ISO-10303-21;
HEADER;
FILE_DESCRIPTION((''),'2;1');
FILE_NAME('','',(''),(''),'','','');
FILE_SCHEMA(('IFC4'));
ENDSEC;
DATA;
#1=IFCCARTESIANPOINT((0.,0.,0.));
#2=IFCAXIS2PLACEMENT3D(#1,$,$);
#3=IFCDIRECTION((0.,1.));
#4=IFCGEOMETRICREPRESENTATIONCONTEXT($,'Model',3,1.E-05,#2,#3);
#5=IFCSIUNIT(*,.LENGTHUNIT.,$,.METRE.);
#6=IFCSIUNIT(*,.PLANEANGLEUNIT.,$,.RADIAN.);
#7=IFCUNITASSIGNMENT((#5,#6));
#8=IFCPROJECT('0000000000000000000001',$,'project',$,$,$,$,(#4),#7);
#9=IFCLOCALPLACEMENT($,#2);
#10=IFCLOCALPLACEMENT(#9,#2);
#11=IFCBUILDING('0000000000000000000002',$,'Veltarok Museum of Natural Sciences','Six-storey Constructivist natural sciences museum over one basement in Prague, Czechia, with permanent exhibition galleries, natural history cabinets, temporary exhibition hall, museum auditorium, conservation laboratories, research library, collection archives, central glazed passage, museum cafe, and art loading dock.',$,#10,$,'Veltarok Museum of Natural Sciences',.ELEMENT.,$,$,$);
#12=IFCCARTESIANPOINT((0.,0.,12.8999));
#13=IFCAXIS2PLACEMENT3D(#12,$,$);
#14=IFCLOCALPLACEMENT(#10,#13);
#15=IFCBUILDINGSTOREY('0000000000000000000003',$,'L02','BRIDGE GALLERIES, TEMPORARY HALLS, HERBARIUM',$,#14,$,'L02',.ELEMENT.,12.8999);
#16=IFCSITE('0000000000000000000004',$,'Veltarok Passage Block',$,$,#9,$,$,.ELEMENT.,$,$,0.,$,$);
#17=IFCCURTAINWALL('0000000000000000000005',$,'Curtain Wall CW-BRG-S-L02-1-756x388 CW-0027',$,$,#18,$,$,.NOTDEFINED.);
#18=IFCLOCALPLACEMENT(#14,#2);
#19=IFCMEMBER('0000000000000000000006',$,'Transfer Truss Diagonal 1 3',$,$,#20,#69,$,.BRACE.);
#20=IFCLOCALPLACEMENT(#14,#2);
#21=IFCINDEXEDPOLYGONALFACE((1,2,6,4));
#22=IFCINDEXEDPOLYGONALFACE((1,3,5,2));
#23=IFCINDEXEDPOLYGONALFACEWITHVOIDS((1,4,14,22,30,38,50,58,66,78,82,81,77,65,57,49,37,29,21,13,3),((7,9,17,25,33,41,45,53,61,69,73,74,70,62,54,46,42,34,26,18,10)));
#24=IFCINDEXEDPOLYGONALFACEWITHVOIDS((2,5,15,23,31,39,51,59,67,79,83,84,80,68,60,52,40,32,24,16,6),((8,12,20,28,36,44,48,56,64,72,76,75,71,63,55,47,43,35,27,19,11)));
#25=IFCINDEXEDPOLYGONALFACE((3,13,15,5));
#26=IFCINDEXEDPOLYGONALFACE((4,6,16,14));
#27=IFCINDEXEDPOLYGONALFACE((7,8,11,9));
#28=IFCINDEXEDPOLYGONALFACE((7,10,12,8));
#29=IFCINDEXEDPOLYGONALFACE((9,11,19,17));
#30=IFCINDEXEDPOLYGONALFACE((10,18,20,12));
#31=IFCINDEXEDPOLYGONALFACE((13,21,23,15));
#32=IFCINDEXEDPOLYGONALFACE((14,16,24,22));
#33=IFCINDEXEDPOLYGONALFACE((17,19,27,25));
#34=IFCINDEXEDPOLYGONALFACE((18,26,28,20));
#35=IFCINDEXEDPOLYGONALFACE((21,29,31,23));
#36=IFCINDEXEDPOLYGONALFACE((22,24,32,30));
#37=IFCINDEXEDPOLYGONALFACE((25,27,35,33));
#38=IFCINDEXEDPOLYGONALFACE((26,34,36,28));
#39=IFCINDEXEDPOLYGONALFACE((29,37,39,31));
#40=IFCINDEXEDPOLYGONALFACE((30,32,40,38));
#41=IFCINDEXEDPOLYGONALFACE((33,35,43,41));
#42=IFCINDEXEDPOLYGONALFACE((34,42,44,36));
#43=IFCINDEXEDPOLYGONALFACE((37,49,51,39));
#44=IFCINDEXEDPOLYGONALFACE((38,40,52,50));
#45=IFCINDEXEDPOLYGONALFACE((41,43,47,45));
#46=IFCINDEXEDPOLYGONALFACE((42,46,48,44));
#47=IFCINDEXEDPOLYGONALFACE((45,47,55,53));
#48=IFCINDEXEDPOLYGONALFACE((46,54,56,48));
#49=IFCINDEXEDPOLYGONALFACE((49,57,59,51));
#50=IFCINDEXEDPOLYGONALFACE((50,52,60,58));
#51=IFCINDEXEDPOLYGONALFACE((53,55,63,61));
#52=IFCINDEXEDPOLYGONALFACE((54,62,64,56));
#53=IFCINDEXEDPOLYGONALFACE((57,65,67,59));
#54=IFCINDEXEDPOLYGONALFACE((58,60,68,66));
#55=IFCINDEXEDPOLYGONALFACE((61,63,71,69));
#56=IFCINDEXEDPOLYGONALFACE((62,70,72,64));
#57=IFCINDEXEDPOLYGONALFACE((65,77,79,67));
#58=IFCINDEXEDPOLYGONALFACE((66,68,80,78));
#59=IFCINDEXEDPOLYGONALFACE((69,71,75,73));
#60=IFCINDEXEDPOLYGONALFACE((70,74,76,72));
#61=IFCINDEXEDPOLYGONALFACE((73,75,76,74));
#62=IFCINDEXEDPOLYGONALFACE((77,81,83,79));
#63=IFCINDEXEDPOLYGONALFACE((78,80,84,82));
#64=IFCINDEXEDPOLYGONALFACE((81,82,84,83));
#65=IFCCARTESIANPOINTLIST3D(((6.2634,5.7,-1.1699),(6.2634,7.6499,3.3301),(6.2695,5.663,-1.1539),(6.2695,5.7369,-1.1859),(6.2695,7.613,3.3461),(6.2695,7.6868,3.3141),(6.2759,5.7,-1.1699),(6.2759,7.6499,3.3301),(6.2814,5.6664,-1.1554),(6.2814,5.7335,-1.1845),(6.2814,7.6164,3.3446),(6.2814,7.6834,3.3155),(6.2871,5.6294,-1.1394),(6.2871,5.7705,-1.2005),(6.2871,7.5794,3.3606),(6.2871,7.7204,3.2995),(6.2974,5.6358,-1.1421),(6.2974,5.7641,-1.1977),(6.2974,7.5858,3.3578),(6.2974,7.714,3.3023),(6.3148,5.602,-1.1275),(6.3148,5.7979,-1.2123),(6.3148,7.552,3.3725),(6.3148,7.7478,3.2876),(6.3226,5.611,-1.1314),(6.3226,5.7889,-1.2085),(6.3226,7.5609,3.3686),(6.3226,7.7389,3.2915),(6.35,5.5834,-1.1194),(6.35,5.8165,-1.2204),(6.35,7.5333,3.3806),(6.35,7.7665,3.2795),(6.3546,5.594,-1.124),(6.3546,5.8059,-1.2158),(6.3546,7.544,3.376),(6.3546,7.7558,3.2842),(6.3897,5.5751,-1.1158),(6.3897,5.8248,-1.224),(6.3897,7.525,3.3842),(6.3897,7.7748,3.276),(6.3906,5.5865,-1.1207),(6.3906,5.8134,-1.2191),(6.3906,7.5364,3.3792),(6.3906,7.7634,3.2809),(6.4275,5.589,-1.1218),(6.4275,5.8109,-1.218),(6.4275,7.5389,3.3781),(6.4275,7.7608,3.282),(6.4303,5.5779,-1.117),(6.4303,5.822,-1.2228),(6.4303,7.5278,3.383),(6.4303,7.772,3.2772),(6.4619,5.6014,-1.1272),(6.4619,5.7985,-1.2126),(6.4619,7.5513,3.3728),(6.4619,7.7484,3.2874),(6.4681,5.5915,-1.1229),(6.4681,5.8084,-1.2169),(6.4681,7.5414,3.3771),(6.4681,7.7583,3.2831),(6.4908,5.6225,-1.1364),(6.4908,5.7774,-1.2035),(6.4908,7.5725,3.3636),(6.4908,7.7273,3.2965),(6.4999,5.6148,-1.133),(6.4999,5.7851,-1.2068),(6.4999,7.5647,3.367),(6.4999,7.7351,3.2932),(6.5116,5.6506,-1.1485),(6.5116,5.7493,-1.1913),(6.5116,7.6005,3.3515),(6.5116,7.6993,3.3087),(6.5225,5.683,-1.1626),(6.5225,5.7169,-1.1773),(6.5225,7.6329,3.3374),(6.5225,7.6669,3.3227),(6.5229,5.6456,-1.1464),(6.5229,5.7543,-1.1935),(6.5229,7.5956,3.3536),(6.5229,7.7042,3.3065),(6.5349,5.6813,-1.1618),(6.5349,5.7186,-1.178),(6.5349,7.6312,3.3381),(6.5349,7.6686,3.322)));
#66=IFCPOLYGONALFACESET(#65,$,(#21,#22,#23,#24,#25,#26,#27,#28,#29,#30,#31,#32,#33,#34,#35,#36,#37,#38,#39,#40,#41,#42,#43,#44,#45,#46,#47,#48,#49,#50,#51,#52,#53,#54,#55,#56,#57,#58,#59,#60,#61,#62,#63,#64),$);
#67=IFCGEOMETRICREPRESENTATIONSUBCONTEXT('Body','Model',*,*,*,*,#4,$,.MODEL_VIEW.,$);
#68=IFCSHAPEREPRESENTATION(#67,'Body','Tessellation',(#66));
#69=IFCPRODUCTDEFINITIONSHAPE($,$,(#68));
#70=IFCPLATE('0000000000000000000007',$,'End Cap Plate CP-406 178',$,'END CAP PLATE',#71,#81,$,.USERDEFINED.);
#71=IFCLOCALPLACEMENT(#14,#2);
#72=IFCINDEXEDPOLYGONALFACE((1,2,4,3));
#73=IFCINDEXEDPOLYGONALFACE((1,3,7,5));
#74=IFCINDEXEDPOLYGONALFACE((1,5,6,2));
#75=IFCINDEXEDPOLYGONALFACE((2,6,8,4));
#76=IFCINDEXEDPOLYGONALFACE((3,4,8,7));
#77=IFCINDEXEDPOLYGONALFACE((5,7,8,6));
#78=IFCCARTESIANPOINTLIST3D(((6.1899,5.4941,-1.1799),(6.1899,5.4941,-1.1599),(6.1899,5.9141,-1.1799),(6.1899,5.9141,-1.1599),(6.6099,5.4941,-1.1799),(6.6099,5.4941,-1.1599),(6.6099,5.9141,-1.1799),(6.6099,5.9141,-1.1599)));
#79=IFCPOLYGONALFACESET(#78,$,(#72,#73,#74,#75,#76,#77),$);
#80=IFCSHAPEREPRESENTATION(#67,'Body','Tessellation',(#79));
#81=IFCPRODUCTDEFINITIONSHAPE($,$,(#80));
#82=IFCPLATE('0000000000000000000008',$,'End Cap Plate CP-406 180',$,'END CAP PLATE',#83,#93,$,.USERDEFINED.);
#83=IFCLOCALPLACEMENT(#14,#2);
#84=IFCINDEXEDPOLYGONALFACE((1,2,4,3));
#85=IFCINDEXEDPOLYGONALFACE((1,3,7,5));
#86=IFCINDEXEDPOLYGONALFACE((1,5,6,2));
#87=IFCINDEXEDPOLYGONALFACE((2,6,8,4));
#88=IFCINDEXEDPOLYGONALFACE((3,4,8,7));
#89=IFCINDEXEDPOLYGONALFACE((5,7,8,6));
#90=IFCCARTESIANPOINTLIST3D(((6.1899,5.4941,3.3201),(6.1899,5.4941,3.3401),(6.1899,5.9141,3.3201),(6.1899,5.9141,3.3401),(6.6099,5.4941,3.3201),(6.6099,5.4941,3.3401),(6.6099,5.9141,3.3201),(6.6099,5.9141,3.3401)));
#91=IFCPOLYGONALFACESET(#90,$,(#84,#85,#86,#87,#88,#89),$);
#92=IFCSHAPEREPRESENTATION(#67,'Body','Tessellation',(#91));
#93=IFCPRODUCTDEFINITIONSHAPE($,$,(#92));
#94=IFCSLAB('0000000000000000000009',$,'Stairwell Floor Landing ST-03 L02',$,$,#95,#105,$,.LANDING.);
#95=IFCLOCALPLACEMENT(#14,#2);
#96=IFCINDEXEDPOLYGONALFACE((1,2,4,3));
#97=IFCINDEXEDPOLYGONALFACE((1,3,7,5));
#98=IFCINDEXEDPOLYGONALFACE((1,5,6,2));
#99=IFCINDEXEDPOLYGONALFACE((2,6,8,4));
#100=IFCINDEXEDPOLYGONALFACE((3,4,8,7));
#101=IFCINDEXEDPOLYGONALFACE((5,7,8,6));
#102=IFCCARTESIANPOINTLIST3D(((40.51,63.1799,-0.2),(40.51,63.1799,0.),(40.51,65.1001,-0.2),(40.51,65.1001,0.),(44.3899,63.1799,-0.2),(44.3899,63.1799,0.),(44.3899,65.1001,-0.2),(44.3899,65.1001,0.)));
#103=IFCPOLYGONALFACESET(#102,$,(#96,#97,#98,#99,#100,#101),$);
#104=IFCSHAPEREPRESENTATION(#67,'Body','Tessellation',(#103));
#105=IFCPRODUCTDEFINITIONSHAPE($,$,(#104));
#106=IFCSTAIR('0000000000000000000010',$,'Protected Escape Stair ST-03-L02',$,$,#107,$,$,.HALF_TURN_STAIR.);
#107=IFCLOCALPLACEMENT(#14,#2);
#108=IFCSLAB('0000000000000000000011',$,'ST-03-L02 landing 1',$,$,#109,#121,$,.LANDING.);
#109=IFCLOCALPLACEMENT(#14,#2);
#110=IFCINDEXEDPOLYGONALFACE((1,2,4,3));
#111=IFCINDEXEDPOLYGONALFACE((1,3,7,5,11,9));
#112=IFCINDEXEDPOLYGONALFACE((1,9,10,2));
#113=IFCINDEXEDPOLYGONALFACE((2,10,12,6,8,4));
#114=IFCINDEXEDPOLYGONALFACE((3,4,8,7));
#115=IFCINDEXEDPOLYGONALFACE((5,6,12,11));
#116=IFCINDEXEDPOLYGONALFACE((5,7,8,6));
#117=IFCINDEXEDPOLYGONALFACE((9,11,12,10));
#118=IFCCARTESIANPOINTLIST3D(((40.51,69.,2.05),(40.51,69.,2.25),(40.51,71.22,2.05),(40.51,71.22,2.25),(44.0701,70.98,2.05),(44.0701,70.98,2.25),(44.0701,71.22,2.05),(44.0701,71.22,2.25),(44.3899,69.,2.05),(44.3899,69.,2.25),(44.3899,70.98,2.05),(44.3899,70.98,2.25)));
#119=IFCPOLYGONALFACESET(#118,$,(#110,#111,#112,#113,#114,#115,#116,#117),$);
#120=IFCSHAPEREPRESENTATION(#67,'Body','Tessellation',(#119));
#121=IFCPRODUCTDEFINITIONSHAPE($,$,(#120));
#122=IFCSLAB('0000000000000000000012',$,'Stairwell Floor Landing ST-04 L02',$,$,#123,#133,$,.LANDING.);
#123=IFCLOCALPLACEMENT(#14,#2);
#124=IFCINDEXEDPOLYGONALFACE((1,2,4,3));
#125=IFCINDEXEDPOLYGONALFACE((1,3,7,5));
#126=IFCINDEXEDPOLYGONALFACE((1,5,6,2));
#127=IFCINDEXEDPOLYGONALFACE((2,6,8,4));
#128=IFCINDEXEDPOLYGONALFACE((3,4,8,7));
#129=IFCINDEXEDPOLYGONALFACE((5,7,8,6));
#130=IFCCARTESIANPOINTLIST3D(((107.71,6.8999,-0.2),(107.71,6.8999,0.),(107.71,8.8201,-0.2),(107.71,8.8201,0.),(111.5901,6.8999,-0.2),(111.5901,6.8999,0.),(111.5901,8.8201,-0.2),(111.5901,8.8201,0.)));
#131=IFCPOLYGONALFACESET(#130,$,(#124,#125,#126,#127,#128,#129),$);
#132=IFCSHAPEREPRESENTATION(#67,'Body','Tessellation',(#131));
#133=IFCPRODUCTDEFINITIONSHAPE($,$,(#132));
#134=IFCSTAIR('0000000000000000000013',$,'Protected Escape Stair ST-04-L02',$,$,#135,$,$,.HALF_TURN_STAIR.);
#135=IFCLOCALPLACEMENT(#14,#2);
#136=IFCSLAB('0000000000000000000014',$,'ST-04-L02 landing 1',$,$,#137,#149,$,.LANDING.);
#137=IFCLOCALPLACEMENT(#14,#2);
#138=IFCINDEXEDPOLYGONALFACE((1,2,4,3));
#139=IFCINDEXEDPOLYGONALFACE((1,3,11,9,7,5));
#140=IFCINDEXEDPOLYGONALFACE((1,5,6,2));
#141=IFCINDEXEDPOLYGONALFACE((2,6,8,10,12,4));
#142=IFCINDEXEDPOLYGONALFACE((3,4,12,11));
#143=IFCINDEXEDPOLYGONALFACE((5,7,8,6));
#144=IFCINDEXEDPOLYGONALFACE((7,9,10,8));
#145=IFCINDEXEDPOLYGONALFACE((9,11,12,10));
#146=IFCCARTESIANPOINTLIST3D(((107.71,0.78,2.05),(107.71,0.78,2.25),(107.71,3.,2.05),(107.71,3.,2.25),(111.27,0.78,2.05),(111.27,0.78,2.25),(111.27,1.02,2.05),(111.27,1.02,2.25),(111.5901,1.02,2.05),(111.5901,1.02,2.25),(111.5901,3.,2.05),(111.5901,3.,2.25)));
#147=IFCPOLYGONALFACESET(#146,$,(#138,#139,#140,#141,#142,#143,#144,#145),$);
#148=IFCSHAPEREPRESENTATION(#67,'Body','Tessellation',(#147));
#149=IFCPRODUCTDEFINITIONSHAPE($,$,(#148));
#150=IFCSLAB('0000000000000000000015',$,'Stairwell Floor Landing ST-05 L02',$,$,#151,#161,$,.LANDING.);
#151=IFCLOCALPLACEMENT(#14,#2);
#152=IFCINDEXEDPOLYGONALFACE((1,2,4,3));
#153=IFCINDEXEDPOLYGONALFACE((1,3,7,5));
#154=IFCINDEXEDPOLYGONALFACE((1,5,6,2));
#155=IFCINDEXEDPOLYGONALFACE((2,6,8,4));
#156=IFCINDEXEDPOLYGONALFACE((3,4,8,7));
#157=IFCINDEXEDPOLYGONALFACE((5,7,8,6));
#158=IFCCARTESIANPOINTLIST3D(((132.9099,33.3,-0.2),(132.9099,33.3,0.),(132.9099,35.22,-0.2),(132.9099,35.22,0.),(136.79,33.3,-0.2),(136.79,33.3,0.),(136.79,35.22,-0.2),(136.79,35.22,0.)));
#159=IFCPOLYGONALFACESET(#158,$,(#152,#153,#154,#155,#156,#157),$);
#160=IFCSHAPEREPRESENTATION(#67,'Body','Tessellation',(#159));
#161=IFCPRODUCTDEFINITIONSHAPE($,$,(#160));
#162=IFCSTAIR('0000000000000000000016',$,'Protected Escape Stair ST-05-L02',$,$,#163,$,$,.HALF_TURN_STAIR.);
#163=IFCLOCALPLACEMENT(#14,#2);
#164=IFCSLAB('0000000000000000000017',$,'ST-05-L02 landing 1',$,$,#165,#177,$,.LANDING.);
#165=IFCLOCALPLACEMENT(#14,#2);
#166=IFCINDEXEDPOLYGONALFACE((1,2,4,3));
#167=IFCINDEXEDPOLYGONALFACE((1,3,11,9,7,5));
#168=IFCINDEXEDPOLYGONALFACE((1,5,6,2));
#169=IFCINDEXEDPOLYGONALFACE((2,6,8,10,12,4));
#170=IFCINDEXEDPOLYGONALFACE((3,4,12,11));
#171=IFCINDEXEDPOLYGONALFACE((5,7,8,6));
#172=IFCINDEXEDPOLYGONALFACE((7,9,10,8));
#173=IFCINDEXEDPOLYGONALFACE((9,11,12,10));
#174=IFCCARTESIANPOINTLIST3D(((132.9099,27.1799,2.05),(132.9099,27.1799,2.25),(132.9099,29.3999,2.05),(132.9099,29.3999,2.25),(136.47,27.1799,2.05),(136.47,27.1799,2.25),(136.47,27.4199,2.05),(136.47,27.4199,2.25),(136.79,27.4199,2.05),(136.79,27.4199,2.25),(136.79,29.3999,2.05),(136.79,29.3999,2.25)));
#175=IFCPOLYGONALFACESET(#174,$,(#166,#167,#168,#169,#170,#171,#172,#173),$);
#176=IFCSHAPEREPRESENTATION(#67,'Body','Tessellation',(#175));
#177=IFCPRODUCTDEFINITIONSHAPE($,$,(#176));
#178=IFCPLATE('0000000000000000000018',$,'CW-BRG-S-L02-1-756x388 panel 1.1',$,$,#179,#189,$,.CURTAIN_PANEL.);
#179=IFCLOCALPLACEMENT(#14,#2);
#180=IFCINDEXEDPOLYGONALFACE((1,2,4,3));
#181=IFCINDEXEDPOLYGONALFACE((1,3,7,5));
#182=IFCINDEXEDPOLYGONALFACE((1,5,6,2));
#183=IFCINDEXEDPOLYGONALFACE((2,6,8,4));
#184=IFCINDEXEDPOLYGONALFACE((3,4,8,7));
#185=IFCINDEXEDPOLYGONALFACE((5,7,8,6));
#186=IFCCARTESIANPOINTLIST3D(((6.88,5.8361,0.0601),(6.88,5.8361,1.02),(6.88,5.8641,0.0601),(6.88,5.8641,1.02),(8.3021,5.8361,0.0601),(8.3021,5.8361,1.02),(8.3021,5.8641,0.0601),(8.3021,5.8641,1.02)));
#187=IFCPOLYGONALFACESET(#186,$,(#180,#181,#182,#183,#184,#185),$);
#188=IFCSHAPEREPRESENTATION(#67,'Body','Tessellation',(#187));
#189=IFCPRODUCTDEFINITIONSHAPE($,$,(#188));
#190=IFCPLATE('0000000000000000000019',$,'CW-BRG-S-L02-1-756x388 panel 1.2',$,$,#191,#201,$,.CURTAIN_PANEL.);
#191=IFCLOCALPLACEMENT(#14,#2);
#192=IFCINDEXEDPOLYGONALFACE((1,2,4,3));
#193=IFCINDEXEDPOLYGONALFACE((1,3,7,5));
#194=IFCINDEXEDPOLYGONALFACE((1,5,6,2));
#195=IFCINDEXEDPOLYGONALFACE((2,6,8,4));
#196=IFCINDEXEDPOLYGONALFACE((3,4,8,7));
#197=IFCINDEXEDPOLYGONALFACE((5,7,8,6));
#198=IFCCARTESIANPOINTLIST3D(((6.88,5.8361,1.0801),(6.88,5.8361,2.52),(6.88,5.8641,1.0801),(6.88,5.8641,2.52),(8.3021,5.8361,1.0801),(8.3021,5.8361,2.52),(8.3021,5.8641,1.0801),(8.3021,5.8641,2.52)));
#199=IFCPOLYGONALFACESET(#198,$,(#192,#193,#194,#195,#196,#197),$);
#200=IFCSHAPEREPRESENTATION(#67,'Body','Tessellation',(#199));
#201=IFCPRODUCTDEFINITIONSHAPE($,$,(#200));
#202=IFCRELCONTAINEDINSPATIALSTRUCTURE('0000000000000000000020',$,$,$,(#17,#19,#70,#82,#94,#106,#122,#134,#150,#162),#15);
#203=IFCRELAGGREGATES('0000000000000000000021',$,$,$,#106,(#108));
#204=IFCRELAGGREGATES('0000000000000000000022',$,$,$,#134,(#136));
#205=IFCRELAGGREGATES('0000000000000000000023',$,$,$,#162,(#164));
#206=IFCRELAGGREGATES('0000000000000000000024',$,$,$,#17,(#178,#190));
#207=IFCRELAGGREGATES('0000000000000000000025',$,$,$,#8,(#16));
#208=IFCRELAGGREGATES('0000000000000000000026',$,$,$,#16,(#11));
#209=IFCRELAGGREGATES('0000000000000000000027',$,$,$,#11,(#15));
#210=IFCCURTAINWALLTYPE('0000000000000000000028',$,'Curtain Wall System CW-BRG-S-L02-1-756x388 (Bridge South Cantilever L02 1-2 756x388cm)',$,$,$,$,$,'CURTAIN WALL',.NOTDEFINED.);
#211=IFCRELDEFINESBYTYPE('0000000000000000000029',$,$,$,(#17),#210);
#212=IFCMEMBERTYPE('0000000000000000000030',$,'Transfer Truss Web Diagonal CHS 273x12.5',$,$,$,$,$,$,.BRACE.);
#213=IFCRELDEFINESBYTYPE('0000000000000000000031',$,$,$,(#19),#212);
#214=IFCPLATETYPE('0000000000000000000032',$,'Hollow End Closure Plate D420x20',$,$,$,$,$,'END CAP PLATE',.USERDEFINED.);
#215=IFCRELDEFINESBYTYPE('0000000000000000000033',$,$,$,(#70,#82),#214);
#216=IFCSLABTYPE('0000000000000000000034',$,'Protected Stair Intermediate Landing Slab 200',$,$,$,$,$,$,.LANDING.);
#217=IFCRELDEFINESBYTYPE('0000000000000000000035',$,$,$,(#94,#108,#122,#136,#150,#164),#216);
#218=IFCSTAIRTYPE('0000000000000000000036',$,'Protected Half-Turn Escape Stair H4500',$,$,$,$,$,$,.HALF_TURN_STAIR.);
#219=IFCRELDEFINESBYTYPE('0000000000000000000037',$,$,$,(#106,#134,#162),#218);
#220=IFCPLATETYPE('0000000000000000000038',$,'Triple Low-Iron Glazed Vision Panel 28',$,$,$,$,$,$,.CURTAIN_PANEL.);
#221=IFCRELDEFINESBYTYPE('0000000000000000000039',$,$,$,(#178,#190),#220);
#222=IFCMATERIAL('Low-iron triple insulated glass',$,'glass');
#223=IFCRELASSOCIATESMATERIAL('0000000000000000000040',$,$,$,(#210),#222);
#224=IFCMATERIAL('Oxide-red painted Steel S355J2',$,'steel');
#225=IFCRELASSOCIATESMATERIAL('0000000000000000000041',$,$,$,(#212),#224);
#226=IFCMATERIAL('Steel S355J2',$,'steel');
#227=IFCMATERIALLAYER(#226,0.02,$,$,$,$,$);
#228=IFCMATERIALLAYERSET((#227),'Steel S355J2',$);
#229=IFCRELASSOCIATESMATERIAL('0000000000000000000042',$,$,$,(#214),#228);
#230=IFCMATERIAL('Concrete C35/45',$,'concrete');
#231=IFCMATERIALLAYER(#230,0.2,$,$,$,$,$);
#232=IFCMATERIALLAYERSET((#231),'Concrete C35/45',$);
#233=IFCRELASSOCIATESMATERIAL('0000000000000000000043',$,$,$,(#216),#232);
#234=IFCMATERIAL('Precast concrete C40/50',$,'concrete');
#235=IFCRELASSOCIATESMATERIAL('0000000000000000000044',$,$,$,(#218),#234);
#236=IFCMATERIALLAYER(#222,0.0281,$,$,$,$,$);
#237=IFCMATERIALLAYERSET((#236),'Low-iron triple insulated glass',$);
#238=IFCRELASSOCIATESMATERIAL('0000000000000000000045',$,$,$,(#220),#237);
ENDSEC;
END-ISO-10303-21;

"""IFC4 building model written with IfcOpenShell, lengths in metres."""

from ifc_helpers import new_model, si_unit, direction, frame, origin, origin_2d, place, context, subcontext, project, spatial, polyline, rectangle, hollow_circle, outline, extrude, material, layer, layer_set, material_profile, profile_set, type_object, element, aggregate, save


model = new_model("IFC4")

# Units and contexts
model_context = context("Model", 3, precision=1e-05, world=origin(), true_north=direction((0.0, 1.0)))
body_context = subcontext(model_context, "Body", "Model", "MODEL_VIEW")
ifc_project = project(units=[si_unit("LENGTHUNIT", "METRE"), si_unit("PLANEANGLEUNIT", "RADIAN")], contexts=[model_context])

# Site, building, storey
site_placement = place(None, origin())
site = spatial("IfcSite", under=ifc_project, at=site_placement, Name="Veltarok Passage Block", CompositionType="ELEMENT", RefElevation=0.0)
building_placement = place(site_placement, origin())
building = spatial("IfcBuilding", under=site, at=building_placement, Name="Veltarok Museum of Natural Sciences", Description="Six-storey Constructivist natural sciences museum over one basement in Prague, Czechia, with permanent exhibition galleries, natural history cabinets, temporary exhibition hall, museum auditorium, conservation laboratories, research library, collection archives, central glazed passage, museum cafe, and art loading dock.", LongName="Veltarok Museum of Natural Sciences", CompositionType="ELEMENT")
storey_placement = place(building_placement, frame((0.0, 0.0, 12.8999)))
storey = spatial("IfcBuildingStorey", under=building, at=storey_placement, Name="L02", Description="BRIDGE GALLERIES, TEMPORARY HALLS, HERBARIUM", LongName="L02", CompositionType="ELEMENT", Elevation=12.8999)

# Shared definitions
ifc_material_1 = material(Name="Steel S355J2", Category="steel")

# Curtain wall
ifc_material_2 = material(Name="Low-iron triple insulated glass", Category="glass")
curtain_wall_type = type_object("IfcCurtainWallType", Name="Curtain Wall System CW-BRG-S-L02-1-756x388 (Bridge South Cantilever L02 1-2 756x388cm)", ElementType="CURTAIN WALL", PredefinedType="NOTDEFINED", material=ifc_material_2)
curtain_wall_placement = place(storey_placement, origin())
curtain_wall = element("IfcCurtainWall", 1, at=curtain_wall_placement, inside=storey, type_object=curtain_wall_type, Name="Curtain Wall CW-BRG-S-L02-1-756x388 CW-0027", PredefinedType="NOTDEFINED")

# Member
ifc_material_3 = material(Name="Oxide-red painted Steel S355J2", Category="steel")
ifc_material_profile_1 = material_profile(ifc_material_3, hollow_circle(Radius=0.1365, WallThickness=0.0125, at=origin_2d()), Name="CHS 273x12.5")
ifc_profile_set_1 = profile_set([ifc_material_profile_1], Name="Oxide-red painted Steel S355J2")
member_type_1 = type_object("IfcMemberType", Name="Transfer Truss Web Diagonal CHS 273x12.5", PredefinedType="BRACE", material=ifc_profile_set_1)
member_1_placement = place(storey_placement, frame((6.3999, 5.7, -1.1699), z_axis=(0.0, 0.397599, 0.917559), x_axis=(-1.0, 0.0, 0.0)))
element("IfcMember", 2, at=member_1_placement, inside=storey, type_object=member_type_1, Name="Transfer Truss Diagonal 1 3", PredefinedType="BRACE", context=body_context, shape_type="SweptSolid", body=[
    extrude(hollow_circle(Radius=0.1365, WallThickness=0.0125, at=origin_2d()), origin(), (0.0, 0.0, 1.0), 4.9043),
])

# Plates
ifc_layer_1 = layer(ifc_material_1, 0.02)
ifc_layer_set_1 = layer_set([ifc_layer_1], Name="Steel S355J2")
plate_type_1 = type_object("IfcPlateType", Name="Hollow End Closure Plate D420x20", ElementType="END CAP PLATE", PredefinedType="USERDEFINED", material=ifc_layer_set_1)
for number, where, z_axis, x_axis, name in (
    (3, (6.3999, 5.7041, -1.1799), (0.0, 0.0, 1.0), (0.0, 1.0, 0.0), "End Cap Plate CP-406 178"),
    (4, (6.3999, 5.7041, 3.3201), (0.0, 0.0, 1.0), (0.0, 1.0, 0.0), "End Cap Plate CP-406 180"),
):
    element("IfcPlate", number, at=place(storey_placement, frame(where, z_axis=z_axis, x_axis=x_axis)), inside=storey, type_object=plate_type_1, Name=name, ObjectType="END CAP PLATE", PredefinedType="USERDEFINED", context=body_context, shape_type="SweptSolid", body=[
        extrude(rectangle(XDim=0.4199, YDim=0.4199, at=origin_2d()), origin(), (0.0, 0.0, 1.0), 0.02),
    ])

# Slab
ifc_material_4 = material(Name="Concrete C35/45", Category="concrete")
ifc_layer_2 = layer(ifc_material_4, 0.2)
ifc_layer_set_2 = layer_set([ifc_layer_2], Name="Concrete C35/45")
slab_type = type_object("IfcSlabType", Name="Protected Stair Intermediate Landing Slab 200", PredefinedType="LANDING", material=ifc_layer_set_2)
slab_1_placement = place(storey_placement, frame((0.0, 0.0, -0.2)))
element("IfcSlab", 5, at=slab_1_placement, inside=storey, type_object=slab_type, Name="Stairwell Floor Landing ST-03 L02", PredefinedType="LANDING", context=body_context, shape_type="SweptSolid", body=[
    extrude(outline(polyline([(40.51, 63.1799), (44.3899, 63.1799), (44.3899, 65.1001), (40.51, 65.1001), (40.51, 63.1799)])), origin(), (0.0, 0.0, 1.0), 0.2),
])

# Stair, slab
ifc_material_5 = material(Name="Precast concrete C40/50", Category="concrete")
stair_type = type_object("IfcStairType", Name="Protected Half-Turn Escape Stair H4500", PredefinedType="HALF_TURN_STAIR", material=ifc_material_5)
stair_1_placement = place(storey_placement, origin())
stair_1 = element("IfcStair", 6, at=stair_1_placement, inside=storey, type_object=stair_type, Name="Protected Escape Stair ST-03-L02", PredefinedType="HALF_TURN_STAIR")
slab_2_placement = place(storey_placement, frame((0.0, 0.0, 2.05)))
slab_2 = element("IfcSlab", 7, at=slab_2_placement, type_object=slab_type, Name="ST-03-L02 landing 1", PredefinedType="LANDING", context=body_context, shape_type="SweptSolid", body=[
    extrude(outline(polyline([(40.51, 69.0), (44.3899, 69.0), (44.3899, 70.98), (44.0701, 70.98), (44.0701, 71.22), (40.51, 71.22), (40.51, 69.0)])), origin(), (0.0, 0.0, 1.0), 0.2),
])
aggregate(stair_1, [slab_2])

# Slab
slab_3_placement = place(storey_placement, frame((0.0, 0.0, -0.2)))
element("IfcSlab", 8, at=slab_3_placement, inside=storey, type_object=slab_type, Name="Stairwell Floor Landing ST-04 L02", PredefinedType="LANDING", context=body_context, shape_type="SweptSolid", body=[
    extrude(outline(polyline([(107.71, 6.8999), (111.5901, 6.8999), (111.5901, 8.8201), (107.71, 8.8201), (107.71, 6.8999)])), origin(), (0.0, 0.0, 1.0), 0.2),
])

# Stair, slab
stair_2_placement = place(storey_placement, origin())
stair_2 = element("IfcStair", 9, at=stair_2_placement, inside=storey, type_object=stair_type, Name="Protected Escape Stair ST-04-L02", PredefinedType="HALF_TURN_STAIR")
slab_4_placement = place(storey_placement, frame((0.0, 0.0, 2.05)))
slab_4 = element("IfcSlab", 10, at=slab_4_placement, type_object=slab_type, Name="ST-04-L02 landing 1", PredefinedType="LANDING", context=body_context, shape_type="SweptSolid", body=[
    extrude(outline(polyline([(107.71, 0.78), (111.27, 0.78), (111.27, 1.02), (111.5901, 1.02), (111.5901, 3.0), (107.71, 3.0), (107.71, 0.78)])), origin(), (0.0, 0.0, 1.0), 0.2),
])
aggregate(stair_2, [slab_4])

# Slab
slab_5_placement = place(storey_placement, frame((0.0, 0.0, -0.2)))
element("IfcSlab", 11, at=slab_5_placement, inside=storey, type_object=slab_type, Name="Stairwell Floor Landing ST-05 L02", PredefinedType="LANDING", context=body_context, shape_type="SweptSolid", body=[
    extrude(outline(polyline([(132.9099, 33.3), (136.79, 33.3), (136.79, 35.22), (132.9099, 35.22), (132.9099, 33.3)])), origin(), (0.0, 0.0, 1.0), 0.2),
])

# Stair, slab
stair_3_placement = place(storey_placement, origin())
stair_3 = element("IfcStair", 12, at=stair_3_placement, inside=storey, type_object=stair_type, Name="Protected Escape Stair ST-05-L02", PredefinedType="HALF_TURN_STAIR")
slab_6_placement = place(storey_placement, frame((0.0, 0.0, 2.05)))
slab_6 = element("IfcSlab", 13, at=slab_6_placement, type_object=slab_type, Name="ST-05-L02 landing 1", PredefinedType="LANDING", context=body_context, shape_type="SweptSolid", body=[
    extrude(outline(polyline([(132.9099, 27.1799), (136.47, 27.1799), (136.47, 27.4199), (136.79, 27.4199), (136.79, 29.3999), (132.9099, 29.3999), (132.9099, 27.1799)])), origin(), (0.0, 0.0, 1.0), 0.2),
])
aggregate(stair_3, [slab_6])

# Plates
ifc_layer_3 = layer(ifc_material_2, 0.0281)
ifc_layer_set_3 = layer_set([ifc_layer_3], Name="Low-iron triple insulated glass")
plate_type_2 = type_object("IfcPlateType", Name="Triple Low-Iron Glazed Vision Panel 28", PredefinedType="CURTAIN_PANEL", material=ifc_layer_set_3)
plate_1_placement = place(storey_placement, frame((7.5911, 5.8501, 0.0601), z_axis=(0.0, 0.0, 1.0), x_axis=(1.0, 0.0, 0.0)))
plate_1 = element("IfcPlate", 14, at=plate_1_placement, type_object=plate_type_2, Name="CW-BRG-S-L02-1-756x388 panel 1.1", PredefinedType="CURTAIN_PANEL", context=body_context, shape_type="SweptSolid", body=[
    extrude(rectangle(XDim=1.4221, YDim=0.0281, at=origin_2d()), origin(), (0.0, 0.0, 1.0), 0.96),
])
plate_2_placement = place(storey_placement, frame((7.5911, 5.8501, 1.0801), z_axis=(0.0, 0.0, 1.0), x_axis=(1.0, 0.0, 0.0)))
plate_2 = element("IfcPlate", 15, at=plate_2_placement, type_object=plate_type_2, Name="CW-BRG-S-L02-1-756x388 panel 1.2", PredefinedType="CURTAIN_PANEL", context=body_context, shape_type="SweptSolid", body=[
    extrude(rectangle(XDim=1.4221, YDim=0.0281, at=origin_2d()), origin(), (0.0, 0.0, 1.0), 1.4399),
])
aggregate(curtain_wall, [plate_1, plate_2])

save(model, "model.ifc")
